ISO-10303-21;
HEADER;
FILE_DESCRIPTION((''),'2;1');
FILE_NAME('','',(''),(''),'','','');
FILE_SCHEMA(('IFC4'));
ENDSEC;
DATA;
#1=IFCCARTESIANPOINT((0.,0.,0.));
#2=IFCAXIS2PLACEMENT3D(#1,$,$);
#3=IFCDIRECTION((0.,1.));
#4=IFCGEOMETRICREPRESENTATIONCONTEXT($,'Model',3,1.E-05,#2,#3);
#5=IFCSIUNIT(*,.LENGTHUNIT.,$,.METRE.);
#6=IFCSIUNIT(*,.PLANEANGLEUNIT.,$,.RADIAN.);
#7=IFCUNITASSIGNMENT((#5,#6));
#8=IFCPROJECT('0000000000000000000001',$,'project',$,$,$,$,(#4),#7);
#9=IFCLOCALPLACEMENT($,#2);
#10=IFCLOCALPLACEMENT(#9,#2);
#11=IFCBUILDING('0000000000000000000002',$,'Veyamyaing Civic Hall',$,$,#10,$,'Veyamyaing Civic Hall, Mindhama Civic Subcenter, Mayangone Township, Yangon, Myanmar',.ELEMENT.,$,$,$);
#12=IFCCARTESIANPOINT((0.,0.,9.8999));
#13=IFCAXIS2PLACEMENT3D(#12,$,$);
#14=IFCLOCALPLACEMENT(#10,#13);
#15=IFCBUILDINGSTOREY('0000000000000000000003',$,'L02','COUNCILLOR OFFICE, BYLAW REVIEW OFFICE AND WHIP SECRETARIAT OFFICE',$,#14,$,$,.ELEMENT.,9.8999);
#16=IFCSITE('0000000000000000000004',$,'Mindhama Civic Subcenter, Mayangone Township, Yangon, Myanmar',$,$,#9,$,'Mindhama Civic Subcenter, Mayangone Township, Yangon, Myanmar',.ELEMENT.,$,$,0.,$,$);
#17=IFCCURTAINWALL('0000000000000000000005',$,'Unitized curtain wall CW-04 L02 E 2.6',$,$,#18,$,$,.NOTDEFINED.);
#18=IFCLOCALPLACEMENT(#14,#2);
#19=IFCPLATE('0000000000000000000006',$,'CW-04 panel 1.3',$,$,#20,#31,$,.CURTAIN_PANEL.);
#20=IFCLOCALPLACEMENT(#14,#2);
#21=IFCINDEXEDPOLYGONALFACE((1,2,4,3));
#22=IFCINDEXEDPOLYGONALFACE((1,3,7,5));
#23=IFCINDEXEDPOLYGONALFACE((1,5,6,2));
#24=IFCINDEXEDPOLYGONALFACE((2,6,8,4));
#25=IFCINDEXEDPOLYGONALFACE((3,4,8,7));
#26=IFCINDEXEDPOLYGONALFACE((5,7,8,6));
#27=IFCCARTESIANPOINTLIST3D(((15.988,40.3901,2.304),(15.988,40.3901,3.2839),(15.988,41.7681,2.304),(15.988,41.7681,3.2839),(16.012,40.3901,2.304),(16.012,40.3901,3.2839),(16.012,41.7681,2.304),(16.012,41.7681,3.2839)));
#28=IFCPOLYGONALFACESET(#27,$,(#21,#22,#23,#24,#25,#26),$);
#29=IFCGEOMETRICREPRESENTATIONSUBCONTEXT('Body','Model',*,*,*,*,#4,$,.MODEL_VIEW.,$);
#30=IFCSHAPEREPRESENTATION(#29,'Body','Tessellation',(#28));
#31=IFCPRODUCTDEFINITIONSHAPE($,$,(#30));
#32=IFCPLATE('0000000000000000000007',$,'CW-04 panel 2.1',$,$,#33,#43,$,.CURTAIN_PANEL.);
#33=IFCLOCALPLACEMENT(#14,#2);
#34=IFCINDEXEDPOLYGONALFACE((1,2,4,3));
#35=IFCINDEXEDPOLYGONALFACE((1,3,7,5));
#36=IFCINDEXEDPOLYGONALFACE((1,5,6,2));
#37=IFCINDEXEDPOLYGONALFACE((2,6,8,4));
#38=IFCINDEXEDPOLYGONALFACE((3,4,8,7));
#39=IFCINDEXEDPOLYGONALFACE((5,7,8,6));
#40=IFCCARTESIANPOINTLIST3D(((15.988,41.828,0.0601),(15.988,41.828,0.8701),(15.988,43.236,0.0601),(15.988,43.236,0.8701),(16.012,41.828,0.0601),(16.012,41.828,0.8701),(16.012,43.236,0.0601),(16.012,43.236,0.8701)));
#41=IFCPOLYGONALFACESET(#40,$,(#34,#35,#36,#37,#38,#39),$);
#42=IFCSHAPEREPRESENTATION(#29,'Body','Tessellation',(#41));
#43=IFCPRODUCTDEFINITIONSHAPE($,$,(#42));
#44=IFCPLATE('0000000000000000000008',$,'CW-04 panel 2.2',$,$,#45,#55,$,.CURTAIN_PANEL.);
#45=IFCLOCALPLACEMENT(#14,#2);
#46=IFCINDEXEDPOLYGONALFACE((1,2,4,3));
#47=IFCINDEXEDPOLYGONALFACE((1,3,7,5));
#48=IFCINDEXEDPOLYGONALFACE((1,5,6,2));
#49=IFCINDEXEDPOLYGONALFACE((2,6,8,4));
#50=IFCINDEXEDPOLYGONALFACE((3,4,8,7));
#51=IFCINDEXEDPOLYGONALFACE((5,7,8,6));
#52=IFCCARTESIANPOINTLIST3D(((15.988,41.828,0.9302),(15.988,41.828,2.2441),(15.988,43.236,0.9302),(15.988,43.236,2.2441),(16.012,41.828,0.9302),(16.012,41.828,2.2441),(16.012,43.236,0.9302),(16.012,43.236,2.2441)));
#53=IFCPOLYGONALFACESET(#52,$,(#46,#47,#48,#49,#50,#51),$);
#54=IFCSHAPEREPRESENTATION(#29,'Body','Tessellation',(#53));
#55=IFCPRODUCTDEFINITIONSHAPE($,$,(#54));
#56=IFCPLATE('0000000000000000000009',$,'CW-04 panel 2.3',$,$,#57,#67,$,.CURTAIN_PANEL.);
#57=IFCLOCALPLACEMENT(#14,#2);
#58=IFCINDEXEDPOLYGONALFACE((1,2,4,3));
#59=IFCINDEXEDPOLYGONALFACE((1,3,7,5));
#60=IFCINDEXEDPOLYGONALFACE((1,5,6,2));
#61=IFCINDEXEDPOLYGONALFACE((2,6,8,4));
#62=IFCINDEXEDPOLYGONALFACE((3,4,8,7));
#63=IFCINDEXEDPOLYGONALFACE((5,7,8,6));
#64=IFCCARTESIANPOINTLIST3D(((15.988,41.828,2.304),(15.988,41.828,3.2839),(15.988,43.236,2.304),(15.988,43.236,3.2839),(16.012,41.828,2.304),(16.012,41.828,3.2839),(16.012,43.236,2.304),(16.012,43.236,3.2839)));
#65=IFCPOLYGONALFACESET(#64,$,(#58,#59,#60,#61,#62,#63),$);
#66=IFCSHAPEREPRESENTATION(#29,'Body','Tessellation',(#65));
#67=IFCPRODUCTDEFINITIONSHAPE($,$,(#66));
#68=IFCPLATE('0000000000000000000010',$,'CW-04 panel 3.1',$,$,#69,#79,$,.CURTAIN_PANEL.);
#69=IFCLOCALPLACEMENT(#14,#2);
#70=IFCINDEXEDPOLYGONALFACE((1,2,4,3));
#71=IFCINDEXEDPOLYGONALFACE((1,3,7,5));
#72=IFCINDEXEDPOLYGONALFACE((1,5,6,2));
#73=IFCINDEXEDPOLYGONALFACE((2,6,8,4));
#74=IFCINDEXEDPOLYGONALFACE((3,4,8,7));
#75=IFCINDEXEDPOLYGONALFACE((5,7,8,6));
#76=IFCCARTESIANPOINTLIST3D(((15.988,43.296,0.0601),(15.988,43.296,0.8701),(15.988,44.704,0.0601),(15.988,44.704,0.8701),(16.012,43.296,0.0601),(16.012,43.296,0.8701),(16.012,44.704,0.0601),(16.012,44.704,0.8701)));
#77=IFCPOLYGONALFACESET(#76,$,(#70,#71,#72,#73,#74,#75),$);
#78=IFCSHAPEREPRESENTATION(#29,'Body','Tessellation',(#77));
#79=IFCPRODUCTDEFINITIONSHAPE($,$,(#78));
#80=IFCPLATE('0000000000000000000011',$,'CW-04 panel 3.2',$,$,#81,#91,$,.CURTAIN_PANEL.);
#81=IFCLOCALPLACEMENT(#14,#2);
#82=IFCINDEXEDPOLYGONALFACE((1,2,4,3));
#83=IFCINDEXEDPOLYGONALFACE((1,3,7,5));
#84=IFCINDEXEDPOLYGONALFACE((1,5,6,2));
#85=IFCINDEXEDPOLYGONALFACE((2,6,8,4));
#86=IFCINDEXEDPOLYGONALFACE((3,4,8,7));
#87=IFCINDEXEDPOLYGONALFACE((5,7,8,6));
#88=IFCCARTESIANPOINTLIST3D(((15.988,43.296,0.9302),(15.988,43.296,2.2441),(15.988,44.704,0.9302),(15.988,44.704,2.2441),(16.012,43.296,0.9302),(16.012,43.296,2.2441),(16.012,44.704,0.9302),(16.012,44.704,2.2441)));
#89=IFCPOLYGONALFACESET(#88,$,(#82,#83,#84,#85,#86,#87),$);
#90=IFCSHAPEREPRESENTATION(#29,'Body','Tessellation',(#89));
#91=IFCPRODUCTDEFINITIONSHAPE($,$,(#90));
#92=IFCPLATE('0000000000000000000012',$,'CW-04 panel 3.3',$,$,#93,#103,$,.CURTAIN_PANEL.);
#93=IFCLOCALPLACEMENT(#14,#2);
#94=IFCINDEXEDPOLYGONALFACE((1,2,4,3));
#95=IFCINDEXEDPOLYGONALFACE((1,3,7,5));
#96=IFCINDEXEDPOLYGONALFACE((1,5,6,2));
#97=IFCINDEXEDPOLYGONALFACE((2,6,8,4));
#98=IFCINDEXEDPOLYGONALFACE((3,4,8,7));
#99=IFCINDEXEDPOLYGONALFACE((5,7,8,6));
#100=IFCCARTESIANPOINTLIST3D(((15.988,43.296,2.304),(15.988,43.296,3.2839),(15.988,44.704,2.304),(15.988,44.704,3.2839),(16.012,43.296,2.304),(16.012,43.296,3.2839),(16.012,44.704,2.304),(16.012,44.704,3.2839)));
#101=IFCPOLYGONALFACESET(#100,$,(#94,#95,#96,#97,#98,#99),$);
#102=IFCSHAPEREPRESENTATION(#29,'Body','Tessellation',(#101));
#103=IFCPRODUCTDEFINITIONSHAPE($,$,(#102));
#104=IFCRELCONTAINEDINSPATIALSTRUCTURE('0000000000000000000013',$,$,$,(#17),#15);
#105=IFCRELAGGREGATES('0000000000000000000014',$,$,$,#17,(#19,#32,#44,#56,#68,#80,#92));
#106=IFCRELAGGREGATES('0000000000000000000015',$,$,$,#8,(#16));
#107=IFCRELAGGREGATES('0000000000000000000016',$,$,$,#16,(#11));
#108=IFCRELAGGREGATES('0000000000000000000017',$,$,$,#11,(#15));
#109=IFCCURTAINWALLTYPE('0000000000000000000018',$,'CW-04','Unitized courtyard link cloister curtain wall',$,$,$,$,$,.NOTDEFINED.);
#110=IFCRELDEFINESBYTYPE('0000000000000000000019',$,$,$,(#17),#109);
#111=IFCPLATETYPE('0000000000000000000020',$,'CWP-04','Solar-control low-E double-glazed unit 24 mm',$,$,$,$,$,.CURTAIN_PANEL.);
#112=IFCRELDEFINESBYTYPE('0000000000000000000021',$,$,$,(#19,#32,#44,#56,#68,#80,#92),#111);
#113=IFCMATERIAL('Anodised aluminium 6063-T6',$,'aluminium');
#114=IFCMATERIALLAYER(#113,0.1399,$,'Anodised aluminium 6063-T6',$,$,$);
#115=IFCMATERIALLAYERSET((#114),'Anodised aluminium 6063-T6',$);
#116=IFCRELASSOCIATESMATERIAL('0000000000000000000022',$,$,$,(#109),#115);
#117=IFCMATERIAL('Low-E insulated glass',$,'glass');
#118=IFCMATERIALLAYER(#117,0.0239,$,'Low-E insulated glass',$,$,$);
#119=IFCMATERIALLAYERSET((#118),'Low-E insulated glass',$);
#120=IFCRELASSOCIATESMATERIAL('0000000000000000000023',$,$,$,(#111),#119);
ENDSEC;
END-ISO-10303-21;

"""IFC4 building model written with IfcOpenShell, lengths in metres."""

from ifc_helpers import new_model, si_unit, direction, frame, origin, origin_2d, place, context, subcontext, project, spatial, rectangle, extrude, material, layer, layer_set, type_object, element, aggregate, save


model = new_model("IFC4")

# Units and contexts
model_context = context("Model", 3, precision=1e-05, world=origin(), true_north=direction((0.0, 1.0)))
body_context = subcontext(model_context, "Body", "Model", "MODEL_VIEW")
ifc_project = project(units=[si_unit("LENGTHUNIT", "METRE"), si_unit("PLANEANGLEUNIT", "RADIAN")], contexts=[model_context])

# Site, building, storey
site_placement = place(None, origin())
site = spatial("IfcSite", under=ifc_project, at=site_placement, Name="Mindhama Civic Subcenter, Mayangone Township, Yangon, Myanmar", LongName="Mindhama Civic Subcenter, Mayangone Township, Yangon, Myanmar", CompositionType="ELEMENT", RefElevation=0.0)
building_placement = place(site_placement, origin())
building = spatial("IfcBuilding", under=site, at=building_placement, Name="Veyamyaing Civic Hall", LongName="Veyamyaing Civic Hall, Mindhama Civic Subcenter, Mayangone Township, Yangon, Myanmar", CompositionType="ELEMENT")
storey_placement = place(building_placement, frame((0.0, 0.0, 9.8999)))
storey = spatial("IfcBuildingStorey", under=building, at=storey_placement, Name="L02", Description="COUNCILLOR OFFICE, BYLAW REVIEW OFFICE AND WHIP SECRETARIAT OFFICE", CompositionType="ELEMENT", Elevation=9.8999)

# Curtain wall, plates
ifc_material_1 = material(Name="Anodised aluminium 6063-T6", Category="aluminium")
ifc_layer_1 = layer(ifc_material_1, 0.1399, Name="Anodised aluminium 6063-T6")
ifc_layer_set_1 = layer_set([ifc_layer_1], Name="Anodised aluminium 6063-T6")
curtain_wall_type = type_object("IfcCurtainWallType", Name="CW-04", Description="Unitized courtyard link cloister curtain wall", PredefinedType="NOTDEFINED", material=ifc_layer_set_1)
curtain_wall_placement = place(storey_placement, origin())
curtain_wall = element("IfcCurtainWall", 1, at=curtain_wall_placement, inside=storey, type_object=curtain_wall_type, Name="Unitized curtain wall CW-04 L02 E 2.6", PredefinedType="NOTDEFINED")
ifc_material_2 = material(Name="Low-E insulated glass", Category="glass")
ifc_layer_2 = layer(ifc_material_2, 0.0239, Name="Low-E insulated glass")
ifc_layer_set_2 = layer_set([ifc_layer_2], Name="Low-E insulated glass")
plate_type = type_object("IfcPlateType", Name="CWP-04", Description="Solar-control low-E double-glazed unit 24 mm", PredefinedType="CURTAIN_PANEL", material=ifc_layer_set_2)
plate_1_placement = place(storey_placement, frame((16.0, 41.0791, 2.304), z_axis=(0.0, 0.0, 1.0), x_axis=(0.0, 1.0, 0.0)))
plate_1 = element("IfcPlate", 2, at=plate_1_placement, type_object=plate_type, Name="CW-04 panel 1.3", PredefinedType="CURTAIN_PANEL", context=body_context, shape_type="SweptSolid", body=[
    extrude(rectangle(XDim=1.3779, YDim=0.0239, at=origin_2d()), origin(), (0.0, 0.0, 1.0), 0.98),
])
plate_2_placement = place(storey_placement, frame((16.0, 42.532, 0.0601), z_axis=(0.0, 0.0, 1.0), x_axis=(0.0, 1.0, 0.0)))
plate_2 = element("IfcPlate", 3, at=plate_2_placement, type_object=plate_type, Name="CW-04 panel 2.1", PredefinedType="CURTAIN_PANEL", context=body_context, shape_type="SweptSolid", body=[
    extrude(rectangle(XDim=1.408, YDim=0.0239, at=origin_2d()), origin(), (0.0, 0.0, 1.0), 0.8101),
])
plate_3_placement = place(storey_placement, frame((16.0, 42.532, 0.9302), z_axis=(0.0, 0.0, 1.0), x_axis=(0.0, 1.0, 0.0)))
plate_3 = element("IfcPlate", 4, at=plate_3_placement, type_object=plate_type, Name="CW-04 panel 2.2", PredefinedType="CURTAIN_PANEL", context=body_context, shape_type="SweptSolid", body=[
    extrude(rectangle(XDim=1.408, YDim=0.0239, at=origin_2d()), origin(), (0.0, 0.0, 1.0), 1.314),
])
plate_4_placement = place(storey_placement, frame((16.0, 42.532, 2.304), z_axis=(0.0, 0.0, 1.0), x_axis=(0.0, 1.0, 0.0)))
plate_4 = element("IfcPlate", 5, at=plate_4_placement, type_object=plate_type, Name="CW-04 panel 2.3", PredefinedType="CURTAIN_PANEL", context=body_context, shape_type="SweptSolid", body=[
    extrude(rectangle(XDim=1.408, YDim=0.0239, at=origin_2d()), origin(), (0.0, 0.0, 1.0), 0.98),
])
plate_5_placement = place(storey_placement, frame((16.0, 44.0, 0.0601), z_axis=(0.0, 0.0, 1.0), x_axis=(0.0, 1.0, 0.0)))
plate_5 = element("IfcPlate", 6, at=plate_5_placement, type_object=plate_type, Name="CW-04 panel 3.1", PredefinedType="CURTAIN_PANEL", context=body_context, shape_type="SweptSolid", body=[
    extrude(rectangle(XDim=1.408, YDim=0.0239, at=origin_2d()), origin(), (0.0, 0.0, 1.0), 0.8101),
])
plate_6_placement = place(storey_placement, frame((16.0, 44.0, 0.9302), z_axis=(0.0, 0.0, 1.0), x_axis=(0.0, 1.0, 0.0)))
plate_6 = element("IfcPlate", 7, at=plate_6_placement, type_object=plate_type, Name="CW-04 panel 3.2", PredefinedType="CURTAIN_PANEL", context=body_context, shape_type="SweptSolid", body=[
    extrude(rectangle(XDim=1.408, YDim=0.0239, at=origin_2d()), origin(), (0.0, 0.0, 1.0), 1.314),
])
plate_7_placement = place(storey_placement, frame((16.0, 44.0, 2.304), z_axis=(0.0, 0.0, 1.0), x_axis=(0.0, 1.0, 0.0)))
plate_7 = element("IfcPlate", 8, at=plate_7_placement, type_object=plate_type, Name="CW-04 panel 3.3", PredefinedType="CURTAIN_PANEL", context=body_context, shape_type="SweptSolid", body=[
    extrude(rectangle(XDim=1.408, YDim=0.0239, at=origin_2d()), origin(), (0.0, 0.0, 1.0), 0.98),
])
aggregate(curtain_wall, [plate_1, plate_2, plate_3, plate_4, plate_5, plate_6, plate_7])

save(model, "model.ifc")
